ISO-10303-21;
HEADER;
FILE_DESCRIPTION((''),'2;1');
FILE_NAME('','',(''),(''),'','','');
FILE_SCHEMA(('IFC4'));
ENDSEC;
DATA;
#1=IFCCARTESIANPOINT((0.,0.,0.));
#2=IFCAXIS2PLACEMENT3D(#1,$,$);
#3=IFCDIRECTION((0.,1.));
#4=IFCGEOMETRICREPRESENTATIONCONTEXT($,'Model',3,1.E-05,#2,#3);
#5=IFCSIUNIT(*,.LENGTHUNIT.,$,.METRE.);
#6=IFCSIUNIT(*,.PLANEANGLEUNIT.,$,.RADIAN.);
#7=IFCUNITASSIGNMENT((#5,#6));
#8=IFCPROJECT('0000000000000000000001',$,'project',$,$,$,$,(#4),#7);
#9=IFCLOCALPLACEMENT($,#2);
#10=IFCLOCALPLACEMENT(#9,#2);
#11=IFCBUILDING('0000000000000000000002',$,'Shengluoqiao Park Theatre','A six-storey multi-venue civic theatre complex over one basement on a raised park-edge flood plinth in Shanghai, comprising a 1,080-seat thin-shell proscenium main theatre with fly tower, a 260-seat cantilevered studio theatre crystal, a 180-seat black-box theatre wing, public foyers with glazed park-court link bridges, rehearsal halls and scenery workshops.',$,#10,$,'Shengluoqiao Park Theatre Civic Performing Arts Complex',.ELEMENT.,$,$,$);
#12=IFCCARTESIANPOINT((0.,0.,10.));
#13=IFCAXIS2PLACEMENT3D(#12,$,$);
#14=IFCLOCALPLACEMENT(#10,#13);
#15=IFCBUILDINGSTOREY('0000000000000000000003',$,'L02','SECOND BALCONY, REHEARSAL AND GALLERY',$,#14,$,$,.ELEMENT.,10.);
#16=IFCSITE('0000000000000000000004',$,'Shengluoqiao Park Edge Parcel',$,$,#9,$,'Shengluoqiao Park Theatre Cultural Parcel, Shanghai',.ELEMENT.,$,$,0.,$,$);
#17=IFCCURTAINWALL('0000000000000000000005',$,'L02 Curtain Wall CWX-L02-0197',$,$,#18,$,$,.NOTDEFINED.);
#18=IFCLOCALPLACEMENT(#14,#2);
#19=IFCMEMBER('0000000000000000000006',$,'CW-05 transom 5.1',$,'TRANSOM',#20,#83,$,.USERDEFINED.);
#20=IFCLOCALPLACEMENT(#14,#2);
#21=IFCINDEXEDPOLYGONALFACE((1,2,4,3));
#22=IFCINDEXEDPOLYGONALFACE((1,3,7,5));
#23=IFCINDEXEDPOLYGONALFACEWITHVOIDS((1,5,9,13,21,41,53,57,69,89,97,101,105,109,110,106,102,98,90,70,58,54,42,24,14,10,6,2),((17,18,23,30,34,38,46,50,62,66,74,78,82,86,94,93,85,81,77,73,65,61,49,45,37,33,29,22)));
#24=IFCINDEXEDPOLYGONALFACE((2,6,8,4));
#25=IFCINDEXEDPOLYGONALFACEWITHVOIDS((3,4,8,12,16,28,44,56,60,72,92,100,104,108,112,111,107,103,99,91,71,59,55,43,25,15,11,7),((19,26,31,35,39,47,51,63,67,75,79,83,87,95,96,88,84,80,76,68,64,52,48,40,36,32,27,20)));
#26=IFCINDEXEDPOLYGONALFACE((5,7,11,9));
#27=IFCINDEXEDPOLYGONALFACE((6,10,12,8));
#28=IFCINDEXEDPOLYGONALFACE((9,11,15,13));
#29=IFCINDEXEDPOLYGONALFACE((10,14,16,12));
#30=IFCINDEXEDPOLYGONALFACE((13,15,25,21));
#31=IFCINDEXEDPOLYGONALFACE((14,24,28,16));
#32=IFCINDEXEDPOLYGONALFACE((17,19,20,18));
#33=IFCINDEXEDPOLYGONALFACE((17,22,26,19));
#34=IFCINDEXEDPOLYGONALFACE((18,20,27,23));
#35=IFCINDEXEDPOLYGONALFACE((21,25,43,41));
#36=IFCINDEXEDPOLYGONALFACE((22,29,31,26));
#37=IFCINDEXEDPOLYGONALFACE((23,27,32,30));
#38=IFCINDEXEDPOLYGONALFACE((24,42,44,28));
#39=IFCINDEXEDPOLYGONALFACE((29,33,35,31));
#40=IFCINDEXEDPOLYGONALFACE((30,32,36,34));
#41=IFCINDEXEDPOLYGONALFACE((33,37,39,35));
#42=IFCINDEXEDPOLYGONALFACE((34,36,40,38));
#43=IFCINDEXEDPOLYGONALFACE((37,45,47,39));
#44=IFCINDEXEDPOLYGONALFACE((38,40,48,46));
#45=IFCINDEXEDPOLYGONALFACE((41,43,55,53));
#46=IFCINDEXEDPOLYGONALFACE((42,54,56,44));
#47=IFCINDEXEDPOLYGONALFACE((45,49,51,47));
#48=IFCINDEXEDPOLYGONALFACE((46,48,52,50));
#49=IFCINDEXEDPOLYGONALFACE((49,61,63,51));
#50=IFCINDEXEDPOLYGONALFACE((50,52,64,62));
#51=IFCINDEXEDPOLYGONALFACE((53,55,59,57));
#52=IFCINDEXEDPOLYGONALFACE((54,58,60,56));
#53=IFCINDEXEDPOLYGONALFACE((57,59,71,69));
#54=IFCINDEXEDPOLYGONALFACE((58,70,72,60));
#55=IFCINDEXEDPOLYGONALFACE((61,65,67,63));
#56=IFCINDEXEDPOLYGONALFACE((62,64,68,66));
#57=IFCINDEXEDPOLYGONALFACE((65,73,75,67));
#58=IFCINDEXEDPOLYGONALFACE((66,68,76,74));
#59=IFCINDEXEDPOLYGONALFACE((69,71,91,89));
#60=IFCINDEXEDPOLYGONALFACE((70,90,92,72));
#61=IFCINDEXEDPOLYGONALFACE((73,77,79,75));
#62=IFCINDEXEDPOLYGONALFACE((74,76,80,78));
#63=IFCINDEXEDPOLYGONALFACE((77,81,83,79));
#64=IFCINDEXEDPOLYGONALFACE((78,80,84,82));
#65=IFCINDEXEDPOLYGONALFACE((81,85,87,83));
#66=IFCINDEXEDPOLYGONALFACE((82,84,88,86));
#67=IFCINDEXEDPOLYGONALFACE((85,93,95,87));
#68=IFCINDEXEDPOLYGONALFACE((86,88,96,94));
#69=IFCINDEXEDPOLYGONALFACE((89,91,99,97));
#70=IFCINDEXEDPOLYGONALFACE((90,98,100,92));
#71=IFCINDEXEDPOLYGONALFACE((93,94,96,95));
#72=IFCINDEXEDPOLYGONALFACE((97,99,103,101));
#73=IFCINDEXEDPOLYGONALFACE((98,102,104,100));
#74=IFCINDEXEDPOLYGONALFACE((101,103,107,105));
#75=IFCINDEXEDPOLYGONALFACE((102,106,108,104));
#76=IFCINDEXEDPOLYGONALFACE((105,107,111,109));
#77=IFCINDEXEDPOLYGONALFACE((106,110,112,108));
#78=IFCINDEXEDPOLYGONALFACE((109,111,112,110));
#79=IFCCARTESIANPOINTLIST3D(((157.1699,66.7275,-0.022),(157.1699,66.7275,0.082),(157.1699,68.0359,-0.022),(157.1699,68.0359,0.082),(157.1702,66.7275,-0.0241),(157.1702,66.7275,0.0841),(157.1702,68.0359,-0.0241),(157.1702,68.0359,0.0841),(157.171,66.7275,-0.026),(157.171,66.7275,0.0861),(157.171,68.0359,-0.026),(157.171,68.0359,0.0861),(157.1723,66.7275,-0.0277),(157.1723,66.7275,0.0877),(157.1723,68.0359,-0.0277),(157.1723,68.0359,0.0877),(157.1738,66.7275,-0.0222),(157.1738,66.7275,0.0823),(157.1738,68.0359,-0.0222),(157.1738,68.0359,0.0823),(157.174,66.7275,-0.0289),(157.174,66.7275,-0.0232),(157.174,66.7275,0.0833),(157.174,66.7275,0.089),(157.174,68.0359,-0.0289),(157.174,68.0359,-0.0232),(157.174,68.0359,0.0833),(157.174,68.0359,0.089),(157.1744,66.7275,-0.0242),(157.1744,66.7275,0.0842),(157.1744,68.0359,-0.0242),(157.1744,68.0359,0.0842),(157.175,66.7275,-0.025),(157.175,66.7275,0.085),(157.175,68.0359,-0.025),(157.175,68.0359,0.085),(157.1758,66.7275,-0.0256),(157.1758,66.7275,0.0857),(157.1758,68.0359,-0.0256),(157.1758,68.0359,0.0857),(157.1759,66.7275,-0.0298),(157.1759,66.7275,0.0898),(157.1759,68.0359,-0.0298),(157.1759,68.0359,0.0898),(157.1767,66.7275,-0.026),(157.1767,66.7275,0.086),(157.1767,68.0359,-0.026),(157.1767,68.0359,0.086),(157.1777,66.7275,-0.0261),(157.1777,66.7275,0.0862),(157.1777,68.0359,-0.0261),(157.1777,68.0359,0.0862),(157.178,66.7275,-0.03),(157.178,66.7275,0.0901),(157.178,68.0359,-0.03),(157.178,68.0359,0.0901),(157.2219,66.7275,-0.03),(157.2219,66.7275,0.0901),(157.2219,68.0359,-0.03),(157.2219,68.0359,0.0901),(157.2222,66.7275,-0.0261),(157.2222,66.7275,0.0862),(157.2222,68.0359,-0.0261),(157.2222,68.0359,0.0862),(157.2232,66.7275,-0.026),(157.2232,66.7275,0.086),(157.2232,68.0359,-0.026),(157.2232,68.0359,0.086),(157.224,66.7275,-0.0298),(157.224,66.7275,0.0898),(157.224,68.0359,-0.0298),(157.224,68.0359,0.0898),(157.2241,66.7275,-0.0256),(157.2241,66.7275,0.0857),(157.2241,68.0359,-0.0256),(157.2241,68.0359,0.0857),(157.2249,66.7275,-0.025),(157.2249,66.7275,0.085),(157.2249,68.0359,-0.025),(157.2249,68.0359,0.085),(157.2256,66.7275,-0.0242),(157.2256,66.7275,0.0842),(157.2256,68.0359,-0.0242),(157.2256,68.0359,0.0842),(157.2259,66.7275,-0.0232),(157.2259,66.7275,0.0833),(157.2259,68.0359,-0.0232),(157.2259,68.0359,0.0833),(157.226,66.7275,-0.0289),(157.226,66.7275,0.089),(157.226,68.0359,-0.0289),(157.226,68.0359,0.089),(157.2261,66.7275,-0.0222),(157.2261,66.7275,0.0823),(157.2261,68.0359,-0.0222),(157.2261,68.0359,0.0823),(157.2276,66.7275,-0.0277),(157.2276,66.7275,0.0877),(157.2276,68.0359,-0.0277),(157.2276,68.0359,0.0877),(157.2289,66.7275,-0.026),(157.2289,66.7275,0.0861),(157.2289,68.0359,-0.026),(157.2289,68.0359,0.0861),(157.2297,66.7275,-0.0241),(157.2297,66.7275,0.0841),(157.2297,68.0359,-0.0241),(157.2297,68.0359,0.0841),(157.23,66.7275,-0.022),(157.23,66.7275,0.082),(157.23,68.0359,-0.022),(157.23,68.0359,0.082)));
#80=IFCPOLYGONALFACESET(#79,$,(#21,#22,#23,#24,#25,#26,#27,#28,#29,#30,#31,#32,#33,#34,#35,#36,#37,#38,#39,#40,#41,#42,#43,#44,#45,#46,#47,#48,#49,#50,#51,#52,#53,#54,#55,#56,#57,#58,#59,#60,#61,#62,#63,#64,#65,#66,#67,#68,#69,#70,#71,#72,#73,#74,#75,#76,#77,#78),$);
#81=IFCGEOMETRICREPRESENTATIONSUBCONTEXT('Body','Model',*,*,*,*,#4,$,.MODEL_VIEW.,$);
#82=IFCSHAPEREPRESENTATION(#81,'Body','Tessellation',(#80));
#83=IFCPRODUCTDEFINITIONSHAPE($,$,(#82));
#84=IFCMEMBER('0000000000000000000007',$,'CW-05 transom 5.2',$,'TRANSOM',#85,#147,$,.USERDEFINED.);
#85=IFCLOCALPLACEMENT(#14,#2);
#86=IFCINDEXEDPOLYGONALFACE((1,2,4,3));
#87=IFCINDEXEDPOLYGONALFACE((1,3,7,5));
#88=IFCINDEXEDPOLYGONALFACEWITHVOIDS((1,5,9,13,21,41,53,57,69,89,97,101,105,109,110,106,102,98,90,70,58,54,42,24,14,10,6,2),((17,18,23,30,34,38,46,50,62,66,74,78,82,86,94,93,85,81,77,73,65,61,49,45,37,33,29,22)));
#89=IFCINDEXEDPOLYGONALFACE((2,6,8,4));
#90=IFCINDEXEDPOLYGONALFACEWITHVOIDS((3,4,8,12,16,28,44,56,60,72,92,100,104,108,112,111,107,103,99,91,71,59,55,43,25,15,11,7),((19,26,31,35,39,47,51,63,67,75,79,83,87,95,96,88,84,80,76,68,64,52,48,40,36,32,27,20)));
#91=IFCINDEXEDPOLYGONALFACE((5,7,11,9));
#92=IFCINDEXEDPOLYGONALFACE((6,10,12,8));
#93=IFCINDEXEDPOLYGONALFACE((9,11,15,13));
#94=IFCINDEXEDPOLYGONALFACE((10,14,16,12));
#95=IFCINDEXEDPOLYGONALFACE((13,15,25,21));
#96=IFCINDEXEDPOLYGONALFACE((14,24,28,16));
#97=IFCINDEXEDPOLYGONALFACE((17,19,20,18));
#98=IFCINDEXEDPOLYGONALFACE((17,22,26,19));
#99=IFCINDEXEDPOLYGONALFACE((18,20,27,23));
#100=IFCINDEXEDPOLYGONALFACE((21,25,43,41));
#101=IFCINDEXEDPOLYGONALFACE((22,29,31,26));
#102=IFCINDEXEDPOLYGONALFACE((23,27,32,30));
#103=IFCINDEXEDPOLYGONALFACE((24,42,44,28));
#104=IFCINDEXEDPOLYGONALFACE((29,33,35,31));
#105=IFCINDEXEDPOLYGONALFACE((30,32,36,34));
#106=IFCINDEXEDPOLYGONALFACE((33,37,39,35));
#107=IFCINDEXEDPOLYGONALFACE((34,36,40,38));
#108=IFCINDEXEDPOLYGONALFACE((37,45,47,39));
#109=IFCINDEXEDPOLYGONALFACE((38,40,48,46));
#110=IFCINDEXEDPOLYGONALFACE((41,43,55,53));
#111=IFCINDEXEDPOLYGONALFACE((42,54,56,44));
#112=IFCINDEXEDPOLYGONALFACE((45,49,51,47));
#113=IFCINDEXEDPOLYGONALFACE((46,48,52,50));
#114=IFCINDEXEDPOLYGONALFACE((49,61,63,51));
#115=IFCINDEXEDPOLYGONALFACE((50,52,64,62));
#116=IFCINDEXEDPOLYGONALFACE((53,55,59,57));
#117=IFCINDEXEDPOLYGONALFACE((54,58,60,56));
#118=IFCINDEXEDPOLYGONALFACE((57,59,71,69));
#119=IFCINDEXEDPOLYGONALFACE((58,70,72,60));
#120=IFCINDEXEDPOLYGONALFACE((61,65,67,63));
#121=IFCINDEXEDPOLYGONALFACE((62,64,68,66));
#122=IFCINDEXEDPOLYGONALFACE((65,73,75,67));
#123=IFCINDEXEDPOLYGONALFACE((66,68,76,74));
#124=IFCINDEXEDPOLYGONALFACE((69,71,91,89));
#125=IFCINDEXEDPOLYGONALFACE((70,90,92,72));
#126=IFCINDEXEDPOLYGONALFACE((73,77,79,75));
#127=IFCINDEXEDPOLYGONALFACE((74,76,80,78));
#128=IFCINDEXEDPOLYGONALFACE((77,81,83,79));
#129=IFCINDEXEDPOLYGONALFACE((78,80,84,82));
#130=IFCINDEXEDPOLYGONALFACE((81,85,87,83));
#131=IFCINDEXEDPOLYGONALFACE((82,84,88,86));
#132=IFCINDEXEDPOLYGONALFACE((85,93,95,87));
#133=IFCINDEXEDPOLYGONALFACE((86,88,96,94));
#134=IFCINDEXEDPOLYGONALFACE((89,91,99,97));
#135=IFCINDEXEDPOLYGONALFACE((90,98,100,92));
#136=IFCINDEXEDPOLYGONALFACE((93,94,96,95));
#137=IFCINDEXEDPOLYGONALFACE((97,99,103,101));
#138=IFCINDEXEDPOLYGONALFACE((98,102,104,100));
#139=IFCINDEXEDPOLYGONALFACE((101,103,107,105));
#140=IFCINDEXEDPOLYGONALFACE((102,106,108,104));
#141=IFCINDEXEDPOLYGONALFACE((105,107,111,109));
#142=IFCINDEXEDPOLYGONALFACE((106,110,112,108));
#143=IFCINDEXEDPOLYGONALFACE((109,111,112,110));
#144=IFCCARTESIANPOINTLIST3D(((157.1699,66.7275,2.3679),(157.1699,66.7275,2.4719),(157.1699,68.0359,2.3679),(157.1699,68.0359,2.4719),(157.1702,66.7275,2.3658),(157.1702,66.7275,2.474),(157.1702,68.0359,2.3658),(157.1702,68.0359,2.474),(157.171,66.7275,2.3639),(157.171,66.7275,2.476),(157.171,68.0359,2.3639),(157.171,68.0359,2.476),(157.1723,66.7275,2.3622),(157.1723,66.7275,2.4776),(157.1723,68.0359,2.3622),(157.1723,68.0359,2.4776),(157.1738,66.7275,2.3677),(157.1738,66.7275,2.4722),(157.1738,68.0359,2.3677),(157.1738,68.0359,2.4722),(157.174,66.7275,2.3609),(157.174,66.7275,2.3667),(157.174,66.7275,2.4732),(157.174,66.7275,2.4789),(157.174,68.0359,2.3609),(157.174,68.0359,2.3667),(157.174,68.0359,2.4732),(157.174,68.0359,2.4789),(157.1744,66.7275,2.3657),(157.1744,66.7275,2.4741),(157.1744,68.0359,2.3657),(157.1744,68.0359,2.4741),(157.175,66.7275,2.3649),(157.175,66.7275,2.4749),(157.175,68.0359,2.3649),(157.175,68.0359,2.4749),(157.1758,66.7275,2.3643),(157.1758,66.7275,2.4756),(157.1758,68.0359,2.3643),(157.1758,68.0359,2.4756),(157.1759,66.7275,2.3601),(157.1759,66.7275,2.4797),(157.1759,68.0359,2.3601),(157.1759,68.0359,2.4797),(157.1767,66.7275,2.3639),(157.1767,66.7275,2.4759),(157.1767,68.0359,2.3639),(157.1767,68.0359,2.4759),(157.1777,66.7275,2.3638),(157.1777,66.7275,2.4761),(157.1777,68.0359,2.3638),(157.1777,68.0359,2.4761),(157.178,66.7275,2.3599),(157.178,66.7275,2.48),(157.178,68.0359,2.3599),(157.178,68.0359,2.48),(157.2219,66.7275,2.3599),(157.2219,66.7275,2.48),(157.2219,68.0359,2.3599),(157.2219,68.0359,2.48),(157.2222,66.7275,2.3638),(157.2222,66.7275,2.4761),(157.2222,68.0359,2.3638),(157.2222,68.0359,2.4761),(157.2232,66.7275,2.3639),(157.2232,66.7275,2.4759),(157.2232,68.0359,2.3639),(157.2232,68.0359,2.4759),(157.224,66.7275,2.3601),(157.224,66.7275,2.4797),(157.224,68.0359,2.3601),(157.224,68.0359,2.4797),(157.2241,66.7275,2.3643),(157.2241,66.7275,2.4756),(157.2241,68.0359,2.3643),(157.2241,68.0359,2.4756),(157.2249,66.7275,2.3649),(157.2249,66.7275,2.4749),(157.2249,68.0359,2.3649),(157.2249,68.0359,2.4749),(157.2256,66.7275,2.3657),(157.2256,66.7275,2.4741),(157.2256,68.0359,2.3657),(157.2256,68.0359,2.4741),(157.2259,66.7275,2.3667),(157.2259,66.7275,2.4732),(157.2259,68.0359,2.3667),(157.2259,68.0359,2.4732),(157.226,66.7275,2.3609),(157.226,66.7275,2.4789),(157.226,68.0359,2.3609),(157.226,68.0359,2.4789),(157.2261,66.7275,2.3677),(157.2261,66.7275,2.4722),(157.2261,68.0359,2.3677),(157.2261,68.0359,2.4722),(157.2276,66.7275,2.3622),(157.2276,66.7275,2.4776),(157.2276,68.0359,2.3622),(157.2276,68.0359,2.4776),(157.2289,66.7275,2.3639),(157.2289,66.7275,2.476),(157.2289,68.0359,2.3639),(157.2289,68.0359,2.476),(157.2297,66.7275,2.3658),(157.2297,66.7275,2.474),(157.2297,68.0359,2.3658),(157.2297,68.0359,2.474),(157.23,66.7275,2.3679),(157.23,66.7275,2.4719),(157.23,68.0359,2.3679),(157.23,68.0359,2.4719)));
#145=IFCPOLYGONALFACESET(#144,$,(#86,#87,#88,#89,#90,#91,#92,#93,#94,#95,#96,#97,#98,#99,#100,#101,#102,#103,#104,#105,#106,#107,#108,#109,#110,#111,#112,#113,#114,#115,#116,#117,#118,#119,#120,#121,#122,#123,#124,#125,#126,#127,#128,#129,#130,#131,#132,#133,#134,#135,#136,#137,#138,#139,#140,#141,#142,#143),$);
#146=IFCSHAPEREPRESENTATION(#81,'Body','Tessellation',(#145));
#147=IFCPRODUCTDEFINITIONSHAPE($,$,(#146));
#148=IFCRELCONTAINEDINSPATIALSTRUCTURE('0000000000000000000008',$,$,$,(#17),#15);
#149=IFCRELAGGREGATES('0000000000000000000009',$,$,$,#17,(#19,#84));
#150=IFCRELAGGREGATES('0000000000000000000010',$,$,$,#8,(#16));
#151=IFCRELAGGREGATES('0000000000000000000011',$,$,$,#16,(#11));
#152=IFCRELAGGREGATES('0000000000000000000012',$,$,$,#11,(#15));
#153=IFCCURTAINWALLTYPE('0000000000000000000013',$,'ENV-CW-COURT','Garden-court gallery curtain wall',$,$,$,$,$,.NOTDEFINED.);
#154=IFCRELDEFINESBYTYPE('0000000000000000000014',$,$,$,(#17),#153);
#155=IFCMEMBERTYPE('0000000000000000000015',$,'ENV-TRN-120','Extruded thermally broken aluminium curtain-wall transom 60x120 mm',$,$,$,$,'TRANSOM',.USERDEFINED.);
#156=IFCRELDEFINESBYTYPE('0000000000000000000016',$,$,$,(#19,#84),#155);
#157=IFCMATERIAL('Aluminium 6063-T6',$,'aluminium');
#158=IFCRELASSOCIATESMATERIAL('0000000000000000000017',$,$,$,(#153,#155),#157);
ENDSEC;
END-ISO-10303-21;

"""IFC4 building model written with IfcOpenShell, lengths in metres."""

from ifc_helpers import new_model, si_unit, direction, frame, origin, origin_2d, place, context, subcontext, project, spatial, hollow_rectangle, extrude, material, material_profile, profile_set, type_object, element, aggregate, save


model = new_model("IFC4")

# Units and contexts
model_context = context("Model", 3, precision=1e-05, world=origin(), true_north=direction((0.0, 1.0)))
body_context = subcontext(model_context, "Body", "Model", "MODEL_VIEW")
ifc_project = project(units=[si_unit("LENGTHUNIT", "METRE"), si_unit("PLANEANGLEUNIT", "RADIAN")], contexts=[model_context])

# Site, building, storey
site_placement = place(None, origin())
site = spatial("IfcSite", under=ifc_project, at=site_placement, Name="Shengluoqiao Park Edge Parcel", LongName="Shengluoqiao Park Theatre Cultural Parcel, Shanghai", CompositionType="ELEMENT", RefElevation=0.0)
building_placement = place(site_placement, origin())
building = spatial("IfcBuilding", under=site, at=building_placement, Name="Shengluoqiao Park Theatre", Description="A six-storey multi-venue civic theatre complex over one basement on a raised park-edge flood plinth in Shanghai, comprising a 1,080-seat thin-shell proscenium main theatre with fly tower, a 260-seat cantilevered studio theatre crystal, a 180-seat black-box theatre wing, public foyers with glazed park-court link bridges, rehearsal halls and scenery workshops.", LongName="Shengluoqiao Park Theatre Civic Performing Arts Complex", CompositionType="ELEMENT")
storey_placement = place(building_placement, frame((0.0, 0.0, 10.0)))
storey = spatial("IfcBuildingStorey", under=building, at=storey_placement, Name="L02", Description="SECOND BALCONY, REHEARSAL AND GALLERY", CompositionType="ELEMENT", Elevation=10.0)

# Curtain wall, members
ifc_material_1 = material(Name="Aluminium 6063-T6", Category="aluminium")
curtain_wall_type = type_object("IfcCurtainWallType", Name="ENV-CW-COURT", Description="Garden-court gallery curtain wall", PredefinedType="NOTDEFINED", material=ifc_material_1)
curtain_wall_placement = place(storey_placement, origin())
curtain_wall = element("IfcCurtainWall", 1, at=curtain_wall_placement, inside=storey, type_object=curtain_wall_type, Name="L02 Curtain Wall CWX-L02-0197", PredefinedType="NOTDEFINED")
ifc_material_profile_1 = material_profile(ifc_material_1, hollow_rectangle(XDim=0.0601, YDim=0.1201, WallThickness=0.0039, InnerFilletRadius=0.0039, OuterFilletRadius=0.0081, at=origin_2d()), Name="ALU TRANSOM 120x60x4")
ifc_profile_set_1 = profile_set([ifc_material_profile_1], Name="Aluminium 6063-T6")
member_type_1 = type_object("IfcMemberType", Name="ENV-TRN-120", Description="Extruded thermally broken aluminium curtain-wall transom 60x120 mm", ElementType="TRANSOM", PredefinedType="USERDEFINED", material=ifc_profile_set_1)
member_1_placement = place(storey_placement, frame((157.2, 66.7275, 0.03), z_axis=(0.0, 1.0, 0.0), x_axis=(-1.0, 0.0, 0.0)))
member_1 = element("IfcMember", 2, at=member_1_placement, type_object=member_type_1, Name="CW-05 transom 5.1", ObjectType="TRANSOM", PredefinedType="USERDEFINED", context=body_context, shape_type="SweptSolid", body=[
    extrude(hollow_rectangle(XDim=0.0601, YDim=0.1201, WallThickness=0.0039, InnerFilletRadius=0.0039, OuterFilletRadius=0.0081, at=origin_2d()), origin(), (0.0, 0.0, 1.0), 1.3083),
])
member_2_placement = place(storey_placement, frame((157.2, 66.7275, 2.4199), z_axis=(0.0, 1.0, 0.0), x_axis=(-1.0, 0.0, 0.0)))
member_2 = element("IfcMember", 3, at=member_2_placement, type_object=member_type_1, Name="CW-05 transom 5.2", ObjectType="TRANSOM", PredefinedType="USERDEFINED", context=body_context, shape_type="SweptSolid", body=[
    extrude(hollow_rectangle(XDim=0.0601, YDim=0.1201, WallThickness=0.0039, InnerFilletRadius=0.0039, OuterFilletRadius=0.0081, at=origin_2d()), origin(), (0.0, 0.0, 1.0), 1.3083),
])

aggregate(curtain_wall, [member_1, member_2])

save(model, "model.ifc")
